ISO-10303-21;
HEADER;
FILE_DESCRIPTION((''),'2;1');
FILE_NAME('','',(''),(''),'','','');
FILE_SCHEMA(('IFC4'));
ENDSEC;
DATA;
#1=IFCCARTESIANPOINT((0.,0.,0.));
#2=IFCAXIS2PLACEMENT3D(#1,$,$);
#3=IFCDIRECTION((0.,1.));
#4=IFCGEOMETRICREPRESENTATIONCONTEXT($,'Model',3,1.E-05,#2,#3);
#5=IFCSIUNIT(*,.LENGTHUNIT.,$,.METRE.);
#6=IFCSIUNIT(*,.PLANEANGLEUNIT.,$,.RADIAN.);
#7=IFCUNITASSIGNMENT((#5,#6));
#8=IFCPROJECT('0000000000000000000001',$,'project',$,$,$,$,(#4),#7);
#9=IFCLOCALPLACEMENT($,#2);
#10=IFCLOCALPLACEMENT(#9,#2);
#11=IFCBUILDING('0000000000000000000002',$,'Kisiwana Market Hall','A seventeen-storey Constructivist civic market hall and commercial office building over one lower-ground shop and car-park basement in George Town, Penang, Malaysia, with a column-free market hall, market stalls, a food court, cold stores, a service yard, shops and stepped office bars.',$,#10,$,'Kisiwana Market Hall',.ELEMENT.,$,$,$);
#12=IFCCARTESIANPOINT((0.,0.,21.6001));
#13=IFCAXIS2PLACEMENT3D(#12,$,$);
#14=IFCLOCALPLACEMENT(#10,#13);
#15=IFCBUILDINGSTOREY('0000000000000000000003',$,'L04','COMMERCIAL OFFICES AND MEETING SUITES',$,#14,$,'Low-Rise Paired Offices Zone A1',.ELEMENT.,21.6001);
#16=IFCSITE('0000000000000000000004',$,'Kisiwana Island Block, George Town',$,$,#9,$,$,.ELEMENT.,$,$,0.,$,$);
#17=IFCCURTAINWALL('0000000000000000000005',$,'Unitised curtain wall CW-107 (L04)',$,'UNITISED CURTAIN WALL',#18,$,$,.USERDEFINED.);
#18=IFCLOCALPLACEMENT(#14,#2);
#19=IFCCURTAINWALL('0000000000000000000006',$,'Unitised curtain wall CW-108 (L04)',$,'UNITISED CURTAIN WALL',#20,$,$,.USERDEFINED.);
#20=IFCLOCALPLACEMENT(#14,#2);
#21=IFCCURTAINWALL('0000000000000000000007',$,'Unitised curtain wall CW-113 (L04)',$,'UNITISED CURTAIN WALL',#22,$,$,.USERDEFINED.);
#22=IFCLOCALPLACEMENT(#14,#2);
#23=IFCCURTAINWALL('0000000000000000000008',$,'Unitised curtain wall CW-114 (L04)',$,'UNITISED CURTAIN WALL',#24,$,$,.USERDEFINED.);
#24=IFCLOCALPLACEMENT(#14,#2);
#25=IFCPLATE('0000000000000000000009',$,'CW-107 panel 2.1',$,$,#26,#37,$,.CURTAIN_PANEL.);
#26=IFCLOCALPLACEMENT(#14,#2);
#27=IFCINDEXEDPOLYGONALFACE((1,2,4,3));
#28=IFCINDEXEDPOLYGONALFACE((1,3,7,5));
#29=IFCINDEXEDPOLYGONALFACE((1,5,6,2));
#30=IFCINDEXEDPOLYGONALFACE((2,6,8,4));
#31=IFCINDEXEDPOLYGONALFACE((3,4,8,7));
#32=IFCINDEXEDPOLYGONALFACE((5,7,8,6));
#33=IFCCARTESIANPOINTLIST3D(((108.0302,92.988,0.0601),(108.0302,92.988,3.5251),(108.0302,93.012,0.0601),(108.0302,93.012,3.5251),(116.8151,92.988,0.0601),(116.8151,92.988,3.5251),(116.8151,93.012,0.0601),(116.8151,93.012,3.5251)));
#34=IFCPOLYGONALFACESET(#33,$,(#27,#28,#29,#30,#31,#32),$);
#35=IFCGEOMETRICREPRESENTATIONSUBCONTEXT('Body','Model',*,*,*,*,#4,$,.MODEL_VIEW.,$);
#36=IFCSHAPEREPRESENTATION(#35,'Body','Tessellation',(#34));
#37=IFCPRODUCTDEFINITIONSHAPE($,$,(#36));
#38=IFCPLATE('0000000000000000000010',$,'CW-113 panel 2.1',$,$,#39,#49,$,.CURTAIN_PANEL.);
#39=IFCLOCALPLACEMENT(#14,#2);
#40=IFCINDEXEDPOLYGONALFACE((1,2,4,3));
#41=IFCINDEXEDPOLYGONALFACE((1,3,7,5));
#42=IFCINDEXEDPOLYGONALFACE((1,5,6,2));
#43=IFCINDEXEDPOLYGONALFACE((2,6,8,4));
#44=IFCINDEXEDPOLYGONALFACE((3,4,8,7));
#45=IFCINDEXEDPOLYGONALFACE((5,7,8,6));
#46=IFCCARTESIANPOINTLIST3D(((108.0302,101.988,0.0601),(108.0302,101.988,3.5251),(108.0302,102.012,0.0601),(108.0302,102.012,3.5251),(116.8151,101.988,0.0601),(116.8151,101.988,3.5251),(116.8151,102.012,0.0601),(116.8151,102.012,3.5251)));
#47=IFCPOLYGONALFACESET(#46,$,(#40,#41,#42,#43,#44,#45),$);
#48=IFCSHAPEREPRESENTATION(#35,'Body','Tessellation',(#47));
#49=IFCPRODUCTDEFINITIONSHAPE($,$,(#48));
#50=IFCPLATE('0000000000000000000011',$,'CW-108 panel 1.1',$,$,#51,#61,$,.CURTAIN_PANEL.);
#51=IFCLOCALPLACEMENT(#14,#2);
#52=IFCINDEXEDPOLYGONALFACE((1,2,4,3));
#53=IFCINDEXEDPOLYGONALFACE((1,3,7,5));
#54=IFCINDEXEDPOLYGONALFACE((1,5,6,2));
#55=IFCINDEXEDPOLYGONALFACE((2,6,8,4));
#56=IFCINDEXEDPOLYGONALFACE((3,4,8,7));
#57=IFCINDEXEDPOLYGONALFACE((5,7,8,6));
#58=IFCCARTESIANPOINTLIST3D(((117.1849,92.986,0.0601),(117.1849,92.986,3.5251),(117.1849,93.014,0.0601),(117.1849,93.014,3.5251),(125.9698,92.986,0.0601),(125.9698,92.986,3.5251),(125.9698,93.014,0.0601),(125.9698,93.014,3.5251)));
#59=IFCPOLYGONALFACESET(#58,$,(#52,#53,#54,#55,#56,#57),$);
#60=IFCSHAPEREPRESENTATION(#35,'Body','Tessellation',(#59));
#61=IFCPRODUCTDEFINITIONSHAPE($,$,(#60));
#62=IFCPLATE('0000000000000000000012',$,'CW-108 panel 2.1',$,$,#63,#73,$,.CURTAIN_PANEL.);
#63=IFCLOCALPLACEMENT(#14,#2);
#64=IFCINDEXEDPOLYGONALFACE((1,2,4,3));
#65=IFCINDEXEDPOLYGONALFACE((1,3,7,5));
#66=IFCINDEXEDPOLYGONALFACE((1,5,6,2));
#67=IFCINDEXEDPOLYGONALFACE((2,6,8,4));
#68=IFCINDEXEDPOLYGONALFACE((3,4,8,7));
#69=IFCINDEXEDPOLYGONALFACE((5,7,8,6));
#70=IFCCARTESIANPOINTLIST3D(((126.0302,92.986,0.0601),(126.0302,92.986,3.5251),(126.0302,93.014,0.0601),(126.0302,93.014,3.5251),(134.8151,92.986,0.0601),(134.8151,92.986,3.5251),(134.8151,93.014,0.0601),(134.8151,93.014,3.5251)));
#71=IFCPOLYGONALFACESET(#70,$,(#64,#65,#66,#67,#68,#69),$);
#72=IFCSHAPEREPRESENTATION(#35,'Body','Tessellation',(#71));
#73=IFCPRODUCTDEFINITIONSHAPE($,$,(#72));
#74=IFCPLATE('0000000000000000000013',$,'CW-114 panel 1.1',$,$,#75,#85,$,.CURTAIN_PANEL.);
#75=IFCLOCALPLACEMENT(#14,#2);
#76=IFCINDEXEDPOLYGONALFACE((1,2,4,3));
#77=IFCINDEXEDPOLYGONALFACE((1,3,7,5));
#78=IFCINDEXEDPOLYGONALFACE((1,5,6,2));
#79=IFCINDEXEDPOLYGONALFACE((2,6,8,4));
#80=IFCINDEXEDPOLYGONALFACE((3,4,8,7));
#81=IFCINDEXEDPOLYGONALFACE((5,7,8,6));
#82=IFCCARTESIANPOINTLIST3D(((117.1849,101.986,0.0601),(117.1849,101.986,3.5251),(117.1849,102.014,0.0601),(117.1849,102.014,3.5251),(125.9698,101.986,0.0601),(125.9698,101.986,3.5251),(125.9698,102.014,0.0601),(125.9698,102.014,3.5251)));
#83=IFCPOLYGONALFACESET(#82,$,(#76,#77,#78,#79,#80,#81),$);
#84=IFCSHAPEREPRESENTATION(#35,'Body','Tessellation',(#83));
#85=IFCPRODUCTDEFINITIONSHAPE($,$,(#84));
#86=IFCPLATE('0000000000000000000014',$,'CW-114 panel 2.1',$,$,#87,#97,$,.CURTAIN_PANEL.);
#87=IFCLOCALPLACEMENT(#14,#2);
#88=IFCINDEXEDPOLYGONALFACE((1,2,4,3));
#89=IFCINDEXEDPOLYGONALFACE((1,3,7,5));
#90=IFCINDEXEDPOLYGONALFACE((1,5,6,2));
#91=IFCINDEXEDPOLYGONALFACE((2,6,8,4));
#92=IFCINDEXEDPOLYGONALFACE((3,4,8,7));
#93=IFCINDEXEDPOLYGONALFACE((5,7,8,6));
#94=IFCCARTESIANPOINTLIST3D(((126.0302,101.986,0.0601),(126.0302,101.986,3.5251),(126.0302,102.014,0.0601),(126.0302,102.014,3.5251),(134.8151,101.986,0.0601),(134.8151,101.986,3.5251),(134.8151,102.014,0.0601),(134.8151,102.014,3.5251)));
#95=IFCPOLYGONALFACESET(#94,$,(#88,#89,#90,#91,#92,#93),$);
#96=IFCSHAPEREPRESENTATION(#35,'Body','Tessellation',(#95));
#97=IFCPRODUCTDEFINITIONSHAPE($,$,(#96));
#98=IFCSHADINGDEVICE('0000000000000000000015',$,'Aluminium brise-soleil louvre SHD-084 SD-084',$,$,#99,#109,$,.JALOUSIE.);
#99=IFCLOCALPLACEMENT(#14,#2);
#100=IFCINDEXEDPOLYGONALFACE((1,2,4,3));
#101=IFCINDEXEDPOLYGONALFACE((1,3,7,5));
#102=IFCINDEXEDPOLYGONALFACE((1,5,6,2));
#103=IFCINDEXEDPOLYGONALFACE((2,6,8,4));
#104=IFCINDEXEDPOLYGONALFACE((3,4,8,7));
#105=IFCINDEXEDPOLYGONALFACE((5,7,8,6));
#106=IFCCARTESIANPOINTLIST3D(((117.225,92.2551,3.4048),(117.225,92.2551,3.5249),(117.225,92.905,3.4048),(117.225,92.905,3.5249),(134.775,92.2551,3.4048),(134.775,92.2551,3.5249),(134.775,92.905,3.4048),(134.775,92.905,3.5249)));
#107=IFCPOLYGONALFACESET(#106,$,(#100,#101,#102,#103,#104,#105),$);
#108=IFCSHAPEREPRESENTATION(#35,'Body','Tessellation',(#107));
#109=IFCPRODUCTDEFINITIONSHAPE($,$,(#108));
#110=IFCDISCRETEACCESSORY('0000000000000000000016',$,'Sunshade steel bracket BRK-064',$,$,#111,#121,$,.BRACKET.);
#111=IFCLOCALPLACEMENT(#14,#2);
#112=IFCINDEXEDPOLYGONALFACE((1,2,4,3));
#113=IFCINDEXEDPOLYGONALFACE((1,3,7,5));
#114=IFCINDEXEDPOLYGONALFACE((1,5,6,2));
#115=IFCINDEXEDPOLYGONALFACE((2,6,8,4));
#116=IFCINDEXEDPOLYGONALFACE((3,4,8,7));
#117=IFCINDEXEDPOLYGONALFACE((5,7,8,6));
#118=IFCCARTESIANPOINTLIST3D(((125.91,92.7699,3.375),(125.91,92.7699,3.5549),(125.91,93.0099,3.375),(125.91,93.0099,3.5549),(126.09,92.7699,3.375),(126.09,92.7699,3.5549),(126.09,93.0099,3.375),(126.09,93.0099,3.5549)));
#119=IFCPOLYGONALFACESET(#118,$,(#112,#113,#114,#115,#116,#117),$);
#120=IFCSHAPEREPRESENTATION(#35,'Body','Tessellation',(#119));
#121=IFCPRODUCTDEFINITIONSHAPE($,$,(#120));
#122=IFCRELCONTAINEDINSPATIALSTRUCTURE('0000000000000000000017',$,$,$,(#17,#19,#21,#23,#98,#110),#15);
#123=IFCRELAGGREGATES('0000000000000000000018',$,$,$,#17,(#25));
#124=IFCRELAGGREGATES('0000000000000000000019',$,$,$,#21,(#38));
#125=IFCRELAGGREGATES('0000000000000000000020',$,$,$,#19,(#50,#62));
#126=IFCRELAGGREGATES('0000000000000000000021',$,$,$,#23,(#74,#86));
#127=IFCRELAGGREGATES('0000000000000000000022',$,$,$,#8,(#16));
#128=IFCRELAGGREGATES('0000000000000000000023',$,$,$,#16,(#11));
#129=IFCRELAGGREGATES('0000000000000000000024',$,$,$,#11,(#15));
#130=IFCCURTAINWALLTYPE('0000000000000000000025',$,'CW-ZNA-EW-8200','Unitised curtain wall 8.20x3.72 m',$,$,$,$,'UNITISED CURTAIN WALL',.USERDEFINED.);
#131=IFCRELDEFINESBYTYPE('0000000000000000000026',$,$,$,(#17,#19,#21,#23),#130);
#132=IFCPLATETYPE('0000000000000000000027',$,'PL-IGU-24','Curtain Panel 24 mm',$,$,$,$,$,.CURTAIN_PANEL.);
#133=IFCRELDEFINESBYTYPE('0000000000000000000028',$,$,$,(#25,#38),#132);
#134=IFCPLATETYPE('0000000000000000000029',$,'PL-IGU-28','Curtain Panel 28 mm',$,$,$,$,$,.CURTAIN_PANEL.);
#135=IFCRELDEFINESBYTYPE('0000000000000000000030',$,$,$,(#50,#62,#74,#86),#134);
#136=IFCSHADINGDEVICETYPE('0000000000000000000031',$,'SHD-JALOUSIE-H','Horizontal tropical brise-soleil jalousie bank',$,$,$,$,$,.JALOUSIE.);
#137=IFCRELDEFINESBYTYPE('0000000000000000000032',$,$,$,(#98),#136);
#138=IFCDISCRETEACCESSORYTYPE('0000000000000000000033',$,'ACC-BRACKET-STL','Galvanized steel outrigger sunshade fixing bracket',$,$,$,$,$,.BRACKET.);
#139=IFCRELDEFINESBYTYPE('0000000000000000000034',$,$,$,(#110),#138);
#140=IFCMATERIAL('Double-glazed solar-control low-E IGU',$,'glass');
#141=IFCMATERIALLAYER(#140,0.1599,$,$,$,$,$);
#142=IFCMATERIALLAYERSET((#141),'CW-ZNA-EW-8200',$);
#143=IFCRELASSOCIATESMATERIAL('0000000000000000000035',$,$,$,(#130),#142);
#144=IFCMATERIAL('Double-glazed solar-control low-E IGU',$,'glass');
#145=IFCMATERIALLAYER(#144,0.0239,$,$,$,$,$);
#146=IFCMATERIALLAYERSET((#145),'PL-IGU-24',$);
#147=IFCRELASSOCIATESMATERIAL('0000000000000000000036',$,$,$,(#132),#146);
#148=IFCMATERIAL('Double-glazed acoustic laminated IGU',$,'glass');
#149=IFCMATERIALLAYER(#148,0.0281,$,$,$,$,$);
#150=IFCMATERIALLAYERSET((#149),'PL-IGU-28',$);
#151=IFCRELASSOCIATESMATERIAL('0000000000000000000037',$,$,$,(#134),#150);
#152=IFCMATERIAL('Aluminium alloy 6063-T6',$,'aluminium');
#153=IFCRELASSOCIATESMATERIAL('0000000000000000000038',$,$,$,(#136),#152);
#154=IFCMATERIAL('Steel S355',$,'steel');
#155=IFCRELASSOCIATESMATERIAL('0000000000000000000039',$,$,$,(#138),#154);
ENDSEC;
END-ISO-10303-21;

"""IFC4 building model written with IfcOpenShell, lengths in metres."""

from ifc_helpers import new_model, si_unit, direction, frame, origin, origin_2d, place, context, subcontext, project, spatial, rectangle, extrude, material, layer, layer_set, type_object, element, aggregate, save


model = new_model("IFC4")

# Units and contexts
model_context = context("Model", 3, precision=1e-05, world=origin(), true_north=direction((0.0, 1.0)))
body_context = subcontext(model_context, "Body", "Model", "MODEL_VIEW")
ifc_project = project(units=[si_unit("LENGTHUNIT", "METRE"), si_unit("PLANEANGLEUNIT", "RADIAN")], contexts=[model_context])

# Site, building, storey
site_placement = place(None, origin())
site = spatial("IfcSite", under=ifc_project, at=site_placement, Name="Kisiwana Island Block, George Town", CompositionType="ELEMENT", RefElevation=0.0)
building_placement = place(site_placement, origin())
building = spatial("IfcBuilding", under=site, at=building_placement, Name="Kisiwana Market Hall", Description="A seventeen-storey Constructivist civic market hall and commercial office building over one lower-ground shop and car-park basement in George Town, Penang, Malaysia, with a column-free market hall, market stalls, a food court, cold stores, a service yard, shops and stepped office bars.", LongName="Kisiwana Market Hall", CompositionType="ELEMENT")
storey_placement = place(building_placement, frame((0.0, 0.0, 21.6001)))
storey = spatial("IfcBuildingStorey", under=building, at=storey_placement, Name="L04", Description="COMMERCIAL OFFICES AND MEETING SUITES", LongName="Low-Rise Paired Offices Zone A1", CompositionType="ELEMENT", Elevation=21.6001)

# Curtain wall
ifc_material_1 = material(Name="Double-glazed solar-control low-E IGU", Category="glass")
ifc_layer_1 = layer(ifc_material_1, 0.1599)
ifc_layer_set_1 = layer_set([ifc_layer_1], Name="CW-ZNA-EW-8200")
curtain_wall_type = type_object("IfcCurtainWallType", Name="CW-ZNA-EW-8200", Description="Unitised curtain wall 8.20x3.72 m", ElementType="UNITISED CURTAIN WALL", PredefinedType="USERDEFINED", material=ifc_layer_set_1)
curtain_wall_1_placement = place(storey_placement, origin())
curtain_wall_1 = element("IfcCurtainWall", 1, at=curtain_wall_1_placement, inside=storey, type_object=curtain_wall_type, Name="Unitised curtain wall CW-107 (L04)", ObjectType="UNITISED CURTAIN WALL", PredefinedType="USERDEFINED")

# Curtain wall
curtain_wall_2_placement = place(storey_placement, origin())
curtain_wall_2 = element("IfcCurtainWall", 2, at=curtain_wall_2_placement, inside=storey, type_object=curtain_wall_type, Name="Unitised curtain wall CW-108 (L04)", ObjectType="UNITISED CURTAIN WALL", PredefinedType="USERDEFINED")

# Curtain wall
curtain_wall_3_placement = place(storey_placement, origin())
curtain_wall_3 = element("IfcCurtainWall", 3, at=curtain_wall_3_placement, inside=storey, type_object=curtain_wall_type, Name="Unitised curtain wall CW-113 (L04)", ObjectType="UNITISED CURTAIN WALL", PredefinedType="USERDEFINED")

# Curtain wall
curtain_wall_4_placement = place(storey_placement, origin())
curtain_wall_4 = element("IfcCurtainWall", 4, at=curtain_wall_4_placement, inside=storey, type_object=curtain_wall_type, Name="Unitised curtain wall CW-114 (L04)", ObjectType="UNITISED CURTAIN WALL", PredefinedType="USERDEFINED")

# Plates
ifc_material_2 = material(Name="Double-glazed solar-control low-E IGU", Category="glass")
ifc_layer_2 = layer(ifc_material_2, 0.0239)
ifc_layer_set_2 = layer_set([ifc_layer_2], Name="PL-IGU-24")
plate_type_1 = type_object("IfcPlateType", Name="PL-IGU-24", Description="Curtain Panel 24 mm", PredefinedType="CURTAIN_PANEL", material=ifc_layer_set_2)
plate_1_placement = place(storey_placement, frame((112.4226, 93.0, 0.0601), z_axis=(0.0, 0.0, 1.0), x_axis=(1.0, 0.0, 0.0)))
plate_1 = element("IfcPlate", 5, at=plate_1_placement, type_object=plate_type_1, Name="CW-107 panel 2.1", PredefinedType="CURTAIN_PANEL", context=body_context, shape_type="SweptSolid", body=[
    extrude(rectangle(XDim=8.7849, YDim=0.0239, at=origin_2d()), origin(), (0.0, 0.0, 1.0), 3.4651),
])
aggregate(curtain_wall_1, [plate_1])
plate_2_placement = place(storey_placement, frame((112.4226, 102.0, 0.0601), z_axis=(0.0, 0.0, 1.0), x_axis=(1.0, 0.0, 0.0)))
plate_2 = element("IfcPlate", 6, at=plate_2_placement, type_object=plate_type_1, Name="CW-113 panel 2.1", PredefinedType="CURTAIN_PANEL", context=body_context, shape_type="SweptSolid", body=[
    extrude(rectangle(XDim=8.7849, YDim=0.0239, at=origin_2d()), origin(), (0.0, 0.0, 1.0), 3.4651),
])
aggregate(curtain_wall_3, [plate_2])
ifc_material_3 = material(Name="Double-glazed acoustic laminated IGU", Category="glass")
ifc_layer_3 = layer(ifc_material_3, 0.0281)
ifc_layer_set_3 = layer_set([ifc_layer_3], Name="PL-IGU-28")
plate_type_2 = type_object("IfcPlateType", Name="PL-IGU-28", Description="Curtain Panel 28 mm", PredefinedType="CURTAIN_PANEL", material=ifc_layer_set_3)
plate_3_placement = place(storey_placement, frame((121.5774, 93.0, 0.0601), z_axis=(0.0, 0.0, 1.0), x_axis=(1.0, 0.0, 0.0)))
plate_3 = element("IfcPlate", 7, at=plate_3_placement, type_object=plate_type_2, Name="CW-108 panel 1.1", PredefinedType="CURTAIN_PANEL", context=body_context, shape_type="SweptSolid", body=[
    extrude(rectangle(XDim=8.7849, YDim=0.0281, at=origin_2d()), origin(), (0.0, 0.0, 1.0), 3.4651),
])
plate_4_placement = place(storey_placement, frame((130.4226, 93.0, 0.0601), z_axis=(0.0, 0.0, 1.0), x_axis=(1.0, 0.0, 0.0)))
plate_4 = element("IfcPlate", 8, at=plate_4_placement, type_object=plate_type_2, Name="CW-108 panel 2.1", PredefinedType="CURTAIN_PANEL", context=body_context, shape_type="SweptSolid", body=[
    extrude(rectangle(XDim=8.7849, YDim=0.0281, at=origin_2d()), origin(), (0.0, 0.0, 1.0), 3.4651),
])
aggregate(curtain_wall_2, [plate_3, plate_4])
plate_5_placement = place(storey_placement, frame((121.5774, 102.0, 0.0601), z_axis=(0.0, 0.0, 1.0), x_axis=(1.0, 0.0, 0.0)))
plate_5 = element("IfcPlate", 9, at=plate_5_placement, type_object=plate_type_2, Name="CW-114 panel 1.1", PredefinedType="CURTAIN_PANEL", context=body_context, shape_type="SweptSolid", body=[
    extrude(rectangle(XDim=8.7849, YDim=0.0281, at=origin_2d()), origin(), (0.0, 0.0, 1.0), 3.4651),
])
plate_6_placement = place(storey_placement, frame((130.4226, 102.0, 0.0601), z_axis=(0.0, 0.0, 1.0), x_axis=(1.0, 0.0, 0.0)))
plate_6 = element("IfcPlate", 10, at=plate_6_placement, type_object=plate_type_2, Name="CW-114 panel 2.1", PredefinedType="CURTAIN_PANEL", context=body_context, shape_type="SweptSolid", body=[
    extrude(rectangle(XDim=8.7849, YDim=0.0281, at=origin_2d()), origin(), (0.0, 0.0, 1.0), 3.4651),
])
aggregate(curtain_wall_4, [plate_5, plate_6])

# Shading device
ifc_material_4 = material(Name="Aluminium alloy 6063-T6", Category="aluminium")
shading_device_type = type_object("IfcShadingDeviceType", Name="SHD-JALOUSIE-H", Description="Horizontal tropical brise-soleil jalousie bank", PredefinedType="JALOUSIE", material=ifc_material_4)
shading_device_placement = place(storey_placement, frame((126.0, 92.5801, 3.4048), z_axis=(0.0, 0.0, 1.0), x_axis=(1.0, 0.0, 0.0)))
element("IfcShadingDevice", 11, at=shading_device_placement, inside=storey, type_object=shading_device_type, Name="Aluminium brise-soleil louvre SHD-084 SD-084", PredefinedType="JALOUSIE", context=body_context, shape_type="SweptSolid", body=[
    extrude(rectangle(XDim=17.55, YDim=0.6499, at=origin_2d()), origin(), (0.0, 0.0, 1.0), 0.1201),
])

# Discrete accessory
ifc_material_5 = material(Name="Steel S355", Category="steel")
discrete_accessory_type = type_object("IfcDiscreteAccessoryType", Name="ACC-BRACKET-STL", Description="Galvanized steel outrigger sunshade fixing bracket", PredefinedType="BRACKET", material=ifc_material_5)
discrete_accessory_placement = place(storey_placement, frame((126.0, 92.8899, 3.375), z_axis=(0.0, 0.0, 1.0), x_axis=(1.0, 0.0, 0.0)))
element("IfcDiscreteAccessory", 12, at=discrete_accessory_placement, inside=storey, type_object=discrete_accessory_type, Name="Sunshade steel bracket BRK-064", PredefinedType="BRACKET", context=body_context, shape_type="SweptSolid", body=[
    extrude(rectangle(XDim=0.1799, YDim=0.24, at=origin_2d()), origin(), (0.0, 0.0, 1.0), 0.1799),
])

save(model, "model.ifc")
